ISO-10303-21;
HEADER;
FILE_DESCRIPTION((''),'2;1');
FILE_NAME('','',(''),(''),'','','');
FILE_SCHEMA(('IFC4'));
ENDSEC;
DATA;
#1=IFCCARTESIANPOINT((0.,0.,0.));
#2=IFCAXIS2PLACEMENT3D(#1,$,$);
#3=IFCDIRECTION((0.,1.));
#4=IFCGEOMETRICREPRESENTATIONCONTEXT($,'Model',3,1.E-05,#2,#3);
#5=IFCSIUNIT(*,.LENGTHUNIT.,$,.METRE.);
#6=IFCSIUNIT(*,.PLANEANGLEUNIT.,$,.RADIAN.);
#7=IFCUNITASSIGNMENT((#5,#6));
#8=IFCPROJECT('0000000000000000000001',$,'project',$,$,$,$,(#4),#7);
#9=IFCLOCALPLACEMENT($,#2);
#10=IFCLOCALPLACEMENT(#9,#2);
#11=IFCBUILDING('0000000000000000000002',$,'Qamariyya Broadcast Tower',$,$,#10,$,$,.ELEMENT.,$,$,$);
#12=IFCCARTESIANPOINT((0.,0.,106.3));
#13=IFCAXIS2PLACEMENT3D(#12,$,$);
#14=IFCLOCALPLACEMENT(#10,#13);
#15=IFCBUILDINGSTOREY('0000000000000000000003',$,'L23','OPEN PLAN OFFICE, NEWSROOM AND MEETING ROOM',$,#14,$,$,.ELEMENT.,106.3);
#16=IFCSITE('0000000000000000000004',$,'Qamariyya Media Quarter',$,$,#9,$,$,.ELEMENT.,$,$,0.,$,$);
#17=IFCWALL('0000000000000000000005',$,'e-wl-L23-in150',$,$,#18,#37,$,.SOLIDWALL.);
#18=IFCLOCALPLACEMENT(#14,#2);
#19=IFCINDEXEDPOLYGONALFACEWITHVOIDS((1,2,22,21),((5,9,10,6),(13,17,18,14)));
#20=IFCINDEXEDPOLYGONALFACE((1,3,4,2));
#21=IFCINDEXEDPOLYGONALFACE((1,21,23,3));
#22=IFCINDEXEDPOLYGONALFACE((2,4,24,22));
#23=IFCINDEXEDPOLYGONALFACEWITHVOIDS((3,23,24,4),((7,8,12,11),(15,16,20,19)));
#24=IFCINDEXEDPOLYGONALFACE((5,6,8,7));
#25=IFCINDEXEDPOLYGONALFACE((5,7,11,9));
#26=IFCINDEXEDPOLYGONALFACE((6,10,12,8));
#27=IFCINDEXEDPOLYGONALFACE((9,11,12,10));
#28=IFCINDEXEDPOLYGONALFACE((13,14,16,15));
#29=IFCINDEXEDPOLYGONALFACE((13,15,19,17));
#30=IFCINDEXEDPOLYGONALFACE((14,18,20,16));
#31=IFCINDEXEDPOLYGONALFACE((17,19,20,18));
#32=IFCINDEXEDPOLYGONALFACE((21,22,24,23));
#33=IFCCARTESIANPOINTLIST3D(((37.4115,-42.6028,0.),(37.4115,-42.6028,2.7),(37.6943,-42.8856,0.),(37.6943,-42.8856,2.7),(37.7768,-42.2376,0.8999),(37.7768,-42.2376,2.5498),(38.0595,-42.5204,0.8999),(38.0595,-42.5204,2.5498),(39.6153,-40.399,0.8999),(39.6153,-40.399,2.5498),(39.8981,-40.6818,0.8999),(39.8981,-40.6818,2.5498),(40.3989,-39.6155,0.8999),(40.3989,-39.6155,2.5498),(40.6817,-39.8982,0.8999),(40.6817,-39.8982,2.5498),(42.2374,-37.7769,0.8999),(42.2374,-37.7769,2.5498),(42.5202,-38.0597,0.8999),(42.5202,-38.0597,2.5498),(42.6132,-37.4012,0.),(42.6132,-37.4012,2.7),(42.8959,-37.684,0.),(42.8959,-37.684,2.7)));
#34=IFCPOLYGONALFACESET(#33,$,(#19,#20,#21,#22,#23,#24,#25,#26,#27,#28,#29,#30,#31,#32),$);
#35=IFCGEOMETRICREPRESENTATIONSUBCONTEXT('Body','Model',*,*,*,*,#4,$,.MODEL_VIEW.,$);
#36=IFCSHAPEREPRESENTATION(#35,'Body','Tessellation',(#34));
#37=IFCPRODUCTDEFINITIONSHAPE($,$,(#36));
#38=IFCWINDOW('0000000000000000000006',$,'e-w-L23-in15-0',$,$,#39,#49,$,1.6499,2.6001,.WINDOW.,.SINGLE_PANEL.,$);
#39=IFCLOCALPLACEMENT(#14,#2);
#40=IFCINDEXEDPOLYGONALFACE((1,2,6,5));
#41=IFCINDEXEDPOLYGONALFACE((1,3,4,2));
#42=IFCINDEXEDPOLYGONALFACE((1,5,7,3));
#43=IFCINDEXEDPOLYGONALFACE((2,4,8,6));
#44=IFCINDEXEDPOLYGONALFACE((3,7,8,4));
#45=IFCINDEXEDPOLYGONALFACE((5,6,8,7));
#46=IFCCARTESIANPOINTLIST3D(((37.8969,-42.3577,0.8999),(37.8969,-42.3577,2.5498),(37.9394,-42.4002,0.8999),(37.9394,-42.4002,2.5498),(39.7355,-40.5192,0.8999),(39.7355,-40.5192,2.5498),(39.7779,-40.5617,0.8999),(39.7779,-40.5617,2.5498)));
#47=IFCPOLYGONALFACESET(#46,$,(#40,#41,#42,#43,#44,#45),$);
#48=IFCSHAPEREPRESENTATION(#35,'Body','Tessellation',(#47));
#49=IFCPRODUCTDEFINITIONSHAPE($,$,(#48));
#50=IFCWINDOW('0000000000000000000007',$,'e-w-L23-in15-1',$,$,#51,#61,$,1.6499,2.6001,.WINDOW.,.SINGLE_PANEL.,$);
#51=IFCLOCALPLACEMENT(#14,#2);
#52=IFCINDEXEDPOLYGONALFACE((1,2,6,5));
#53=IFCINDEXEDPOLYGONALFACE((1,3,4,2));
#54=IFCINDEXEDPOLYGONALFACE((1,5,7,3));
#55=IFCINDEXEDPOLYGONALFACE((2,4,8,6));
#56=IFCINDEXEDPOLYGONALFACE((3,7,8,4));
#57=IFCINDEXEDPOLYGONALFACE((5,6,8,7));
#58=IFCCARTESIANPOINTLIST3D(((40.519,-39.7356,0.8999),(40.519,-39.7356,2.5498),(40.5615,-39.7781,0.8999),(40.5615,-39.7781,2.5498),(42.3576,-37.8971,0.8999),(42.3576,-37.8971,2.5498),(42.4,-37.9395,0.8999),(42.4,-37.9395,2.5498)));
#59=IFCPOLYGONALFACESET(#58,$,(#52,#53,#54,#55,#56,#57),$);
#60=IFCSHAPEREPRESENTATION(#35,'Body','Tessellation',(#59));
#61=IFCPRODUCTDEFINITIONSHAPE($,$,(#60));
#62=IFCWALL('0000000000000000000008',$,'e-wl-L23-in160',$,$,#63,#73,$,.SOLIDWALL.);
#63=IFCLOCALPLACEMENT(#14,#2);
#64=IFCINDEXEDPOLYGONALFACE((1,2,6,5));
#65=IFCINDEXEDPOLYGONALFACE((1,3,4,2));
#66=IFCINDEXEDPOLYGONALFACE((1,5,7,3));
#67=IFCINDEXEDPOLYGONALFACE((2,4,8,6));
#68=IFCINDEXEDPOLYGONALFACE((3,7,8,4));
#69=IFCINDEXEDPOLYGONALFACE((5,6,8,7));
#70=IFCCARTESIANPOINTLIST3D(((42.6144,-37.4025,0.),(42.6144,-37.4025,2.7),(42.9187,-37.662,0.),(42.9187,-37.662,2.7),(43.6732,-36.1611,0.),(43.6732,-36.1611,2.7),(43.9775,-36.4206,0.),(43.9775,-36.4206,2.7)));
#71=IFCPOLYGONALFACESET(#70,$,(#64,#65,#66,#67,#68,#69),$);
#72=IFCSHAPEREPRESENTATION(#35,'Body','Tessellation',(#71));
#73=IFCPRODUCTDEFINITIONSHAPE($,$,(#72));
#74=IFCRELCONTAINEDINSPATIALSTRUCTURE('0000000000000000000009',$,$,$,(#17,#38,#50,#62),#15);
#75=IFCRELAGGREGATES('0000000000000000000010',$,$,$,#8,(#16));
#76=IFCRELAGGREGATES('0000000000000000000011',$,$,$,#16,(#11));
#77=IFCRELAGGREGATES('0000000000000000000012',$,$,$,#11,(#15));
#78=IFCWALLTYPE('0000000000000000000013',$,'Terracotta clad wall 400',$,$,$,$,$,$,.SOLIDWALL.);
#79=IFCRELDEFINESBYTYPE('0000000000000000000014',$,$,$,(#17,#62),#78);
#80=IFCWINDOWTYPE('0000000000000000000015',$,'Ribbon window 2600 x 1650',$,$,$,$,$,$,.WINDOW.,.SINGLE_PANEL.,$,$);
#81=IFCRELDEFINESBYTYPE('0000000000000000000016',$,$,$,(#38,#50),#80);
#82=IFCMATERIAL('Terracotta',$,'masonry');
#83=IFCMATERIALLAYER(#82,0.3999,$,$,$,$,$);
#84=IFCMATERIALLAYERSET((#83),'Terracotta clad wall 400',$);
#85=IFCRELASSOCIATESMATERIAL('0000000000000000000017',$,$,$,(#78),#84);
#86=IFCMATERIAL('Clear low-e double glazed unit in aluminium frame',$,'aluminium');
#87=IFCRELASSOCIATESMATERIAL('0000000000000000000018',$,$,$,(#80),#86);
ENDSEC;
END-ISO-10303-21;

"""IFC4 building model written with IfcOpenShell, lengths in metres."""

from ifc_helpers import new_model, si_unit, direction, frame, frame_2d, origin, place, context, subcontext, project, spatial, rectangle, extrude, material, layer, layer_set, type_object, element, fill, save


model = new_model("IFC4")

# Units and contexts
model_context = context("Model", 3, precision=1e-05, world=origin(), true_north=direction((0.0, 1.0)))
body_context = subcontext(model_context, "Body", "Model", "MODEL_VIEW")
ifc_project = project(units=[si_unit("LENGTHUNIT", "METRE"), si_unit("PLANEANGLEUNIT", "RADIAN")], contexts=[model_context])

# Site, building, storey
site_placement = place(None, origin())
site = spatial("IfcSite", under=ifc_project, at=site_placement, Name="Qamariyya Media Quarter", CompositionType="ELEMENT", RefElevation=0.0)
building_placement = place(site_placement, origin())
building = spatial("IfcBuilding", under=site, at=building_placement, Name="Qamariyya Broadcast Tower", CompositionType="ELEMENT")
storey_placement = place(building_placement, frame((0.0, 0.0, 106.3)))
storey = spatial("IfcBuildingStorey", under=building, at=storey_placement, Name="L23", Description="OPEN PLAN OFFICE, NEWSROOM AND MEETING ROOM", CompositionType="ELEMENT", Elevation=106.3)

# Shared definitions
ifc_material_1 = material(Name="Terracotta", Category="masonry")
ifc_layer = layer(ifc_material_1, 0.3999)
ifc_layer_set = layer_set([ifc_layer], Name="Terracotta clad wall 400")
wall_type = type_object("IfcWallType", Name="Terracotta clad wall 400", PredefinedType="SOLIDWALL", material=ifc_layer_set)
ifc_material_2 = material(Name="Clear low-e double glazed unit in aluminium frame", Category="aluminium")

# Wall, openings, windows
wall_1_placement = place(storey_placement, frame((42.7546, -37.5425, 0.0), z_axis=(0.0, 0.0, 1.0), x_axis=(-0.707107, -0.707107, 0.0)))
wall_1 = element("IfcWall", 1, at=wall_1_placement, inside=storey, type_object=wall_type, Name="e-wl-L23-in150", PredefinedType="SOLIDWALL", context=body_context, shape_type="SweptSolid", body=[
    extrude(rectangle(XDim=7.3562, YDim=0.3999, at=frame_2d((3.6782, 0.0))), origin(), (0.0, 0.0, 1.0), 2.7),
])
opening_1_placement = place(wall_1_placement, frame((4.2397, 0.0, 0.8999)))
opening_1 = element("IfcOpeningElement", 2, at=opening_1_placement, cuts=wall_1, PredefinedType="OPENING", context=body_context, shape_type="SweptSolid", body=[
    extrude(rectangle(XDim=2.6001, YDim=1.6499, at=frame_2d((1.3, 0.825))), frame((0.0, 0.21, 0.0), z_axis=(0.0, -1.0, 0.0), x_axis=(1.0, 0.0, 0.0)), (0.0, 0.0, 1.0), 0.4199),
])
opening_2_placement = place(wall_1_placement, frame((0.5315, 0.0, 0.8999)))
opening_2 = element("IfcOpeningElement", 3, at=opening_2_placement, cuts=wall_1, PredefinedType="OPENING", context=body_context, shape_type="SweptSolid", body=[
    extrude(rectangle(XDim=2.6001, YDim=1.6499, at=frame_2d((1.3, 0.825))), frame((0.0, 0.21, 0.0), z_axis=(0.0, -1.0, 0.0), x_axis=(1.0, 0.0, 0.0)), (0.0, 0.0, 1.0), 0.4199),
])
window_type_1 = type_object("IfcWindowType", Name="Ribbon window 2600 x 1650", PartitioningType="SINGLE_PANEL", PredefinedType="WINDOW", material=ifc_material_2)
window_1_placement = place(opening_1_placement, origin())
window_1 = element("IfcWindow", 4, at=window_1_placement, inside=storey, type_object=window_type_1, Name="e-w-L23-in15-0", OverallHeight=1.6499, OverallWidth=2.6001, PartitioningType="SINGLE_PANEL", PredefinedType="WINDOW", context=body_context, shape_type="SweptSolid", body=[
    extrude(rectangle(XDim=2.6001, YDim=1.6499, at=frame_2d((1.3, 0.825))), frame((0.0, 0.03, 0.0), z_axis=(0.0, -1.0, 0.0), x_axis=(1.0, 0.0, 0.0)), (0.0, 0.0, 1.0), 0.0601),
])
fill(opening_1, window_1)
window_2_placement = place(opening_2_placement, origin())
window_2 = element("IfcWindow", 5, at=window_2_placement, inside=storey, type_object=window_type_1, Name="e-w-L23-in15-1", OverallHeight=1.6499, OverallWidth=2.6001, PartitioningType="SINGLE_PANEL", PredefinedType="WINDOW", context=body_context, shape_type="SweptSolid", body=[
    extrude(rectangle(XDim=2.6001, YDim=1.6499, at=frame_2d((1.3, 0.825))), frame((0.0, 0.03, 0.0), z_axis=(0.0, -1.0, 0.0), x_axis=(1.0, 0.0, 0.0)), (0.0, 0.0, 1.0), 0.0601),
])
fill(opening_2, window_2)

# Wall
wall_2_placement = place(storey_placement, frame((43.8254, -36.2908, 0.0), z_axis=(0.0, 0.0, 1.0), x_axis=(-0.648929, -0.760849, 0.0)))
element("IfcWall", 6, at=wall_2_placement, inside=storey, type_object=wall_type, Name="e-wl-L23-in160", PredefinedType="SOLIDWALL", context=body_context, shape_type="SweptSolid", body=[
    extrude(rectangle(XDim=1.6316, YDim=0.3999, at=frame_2d((0.8159, 0.0))), origin(), (0.0, 0.0, 1.0), 2.7),
])

save(model, "model.ifc")
